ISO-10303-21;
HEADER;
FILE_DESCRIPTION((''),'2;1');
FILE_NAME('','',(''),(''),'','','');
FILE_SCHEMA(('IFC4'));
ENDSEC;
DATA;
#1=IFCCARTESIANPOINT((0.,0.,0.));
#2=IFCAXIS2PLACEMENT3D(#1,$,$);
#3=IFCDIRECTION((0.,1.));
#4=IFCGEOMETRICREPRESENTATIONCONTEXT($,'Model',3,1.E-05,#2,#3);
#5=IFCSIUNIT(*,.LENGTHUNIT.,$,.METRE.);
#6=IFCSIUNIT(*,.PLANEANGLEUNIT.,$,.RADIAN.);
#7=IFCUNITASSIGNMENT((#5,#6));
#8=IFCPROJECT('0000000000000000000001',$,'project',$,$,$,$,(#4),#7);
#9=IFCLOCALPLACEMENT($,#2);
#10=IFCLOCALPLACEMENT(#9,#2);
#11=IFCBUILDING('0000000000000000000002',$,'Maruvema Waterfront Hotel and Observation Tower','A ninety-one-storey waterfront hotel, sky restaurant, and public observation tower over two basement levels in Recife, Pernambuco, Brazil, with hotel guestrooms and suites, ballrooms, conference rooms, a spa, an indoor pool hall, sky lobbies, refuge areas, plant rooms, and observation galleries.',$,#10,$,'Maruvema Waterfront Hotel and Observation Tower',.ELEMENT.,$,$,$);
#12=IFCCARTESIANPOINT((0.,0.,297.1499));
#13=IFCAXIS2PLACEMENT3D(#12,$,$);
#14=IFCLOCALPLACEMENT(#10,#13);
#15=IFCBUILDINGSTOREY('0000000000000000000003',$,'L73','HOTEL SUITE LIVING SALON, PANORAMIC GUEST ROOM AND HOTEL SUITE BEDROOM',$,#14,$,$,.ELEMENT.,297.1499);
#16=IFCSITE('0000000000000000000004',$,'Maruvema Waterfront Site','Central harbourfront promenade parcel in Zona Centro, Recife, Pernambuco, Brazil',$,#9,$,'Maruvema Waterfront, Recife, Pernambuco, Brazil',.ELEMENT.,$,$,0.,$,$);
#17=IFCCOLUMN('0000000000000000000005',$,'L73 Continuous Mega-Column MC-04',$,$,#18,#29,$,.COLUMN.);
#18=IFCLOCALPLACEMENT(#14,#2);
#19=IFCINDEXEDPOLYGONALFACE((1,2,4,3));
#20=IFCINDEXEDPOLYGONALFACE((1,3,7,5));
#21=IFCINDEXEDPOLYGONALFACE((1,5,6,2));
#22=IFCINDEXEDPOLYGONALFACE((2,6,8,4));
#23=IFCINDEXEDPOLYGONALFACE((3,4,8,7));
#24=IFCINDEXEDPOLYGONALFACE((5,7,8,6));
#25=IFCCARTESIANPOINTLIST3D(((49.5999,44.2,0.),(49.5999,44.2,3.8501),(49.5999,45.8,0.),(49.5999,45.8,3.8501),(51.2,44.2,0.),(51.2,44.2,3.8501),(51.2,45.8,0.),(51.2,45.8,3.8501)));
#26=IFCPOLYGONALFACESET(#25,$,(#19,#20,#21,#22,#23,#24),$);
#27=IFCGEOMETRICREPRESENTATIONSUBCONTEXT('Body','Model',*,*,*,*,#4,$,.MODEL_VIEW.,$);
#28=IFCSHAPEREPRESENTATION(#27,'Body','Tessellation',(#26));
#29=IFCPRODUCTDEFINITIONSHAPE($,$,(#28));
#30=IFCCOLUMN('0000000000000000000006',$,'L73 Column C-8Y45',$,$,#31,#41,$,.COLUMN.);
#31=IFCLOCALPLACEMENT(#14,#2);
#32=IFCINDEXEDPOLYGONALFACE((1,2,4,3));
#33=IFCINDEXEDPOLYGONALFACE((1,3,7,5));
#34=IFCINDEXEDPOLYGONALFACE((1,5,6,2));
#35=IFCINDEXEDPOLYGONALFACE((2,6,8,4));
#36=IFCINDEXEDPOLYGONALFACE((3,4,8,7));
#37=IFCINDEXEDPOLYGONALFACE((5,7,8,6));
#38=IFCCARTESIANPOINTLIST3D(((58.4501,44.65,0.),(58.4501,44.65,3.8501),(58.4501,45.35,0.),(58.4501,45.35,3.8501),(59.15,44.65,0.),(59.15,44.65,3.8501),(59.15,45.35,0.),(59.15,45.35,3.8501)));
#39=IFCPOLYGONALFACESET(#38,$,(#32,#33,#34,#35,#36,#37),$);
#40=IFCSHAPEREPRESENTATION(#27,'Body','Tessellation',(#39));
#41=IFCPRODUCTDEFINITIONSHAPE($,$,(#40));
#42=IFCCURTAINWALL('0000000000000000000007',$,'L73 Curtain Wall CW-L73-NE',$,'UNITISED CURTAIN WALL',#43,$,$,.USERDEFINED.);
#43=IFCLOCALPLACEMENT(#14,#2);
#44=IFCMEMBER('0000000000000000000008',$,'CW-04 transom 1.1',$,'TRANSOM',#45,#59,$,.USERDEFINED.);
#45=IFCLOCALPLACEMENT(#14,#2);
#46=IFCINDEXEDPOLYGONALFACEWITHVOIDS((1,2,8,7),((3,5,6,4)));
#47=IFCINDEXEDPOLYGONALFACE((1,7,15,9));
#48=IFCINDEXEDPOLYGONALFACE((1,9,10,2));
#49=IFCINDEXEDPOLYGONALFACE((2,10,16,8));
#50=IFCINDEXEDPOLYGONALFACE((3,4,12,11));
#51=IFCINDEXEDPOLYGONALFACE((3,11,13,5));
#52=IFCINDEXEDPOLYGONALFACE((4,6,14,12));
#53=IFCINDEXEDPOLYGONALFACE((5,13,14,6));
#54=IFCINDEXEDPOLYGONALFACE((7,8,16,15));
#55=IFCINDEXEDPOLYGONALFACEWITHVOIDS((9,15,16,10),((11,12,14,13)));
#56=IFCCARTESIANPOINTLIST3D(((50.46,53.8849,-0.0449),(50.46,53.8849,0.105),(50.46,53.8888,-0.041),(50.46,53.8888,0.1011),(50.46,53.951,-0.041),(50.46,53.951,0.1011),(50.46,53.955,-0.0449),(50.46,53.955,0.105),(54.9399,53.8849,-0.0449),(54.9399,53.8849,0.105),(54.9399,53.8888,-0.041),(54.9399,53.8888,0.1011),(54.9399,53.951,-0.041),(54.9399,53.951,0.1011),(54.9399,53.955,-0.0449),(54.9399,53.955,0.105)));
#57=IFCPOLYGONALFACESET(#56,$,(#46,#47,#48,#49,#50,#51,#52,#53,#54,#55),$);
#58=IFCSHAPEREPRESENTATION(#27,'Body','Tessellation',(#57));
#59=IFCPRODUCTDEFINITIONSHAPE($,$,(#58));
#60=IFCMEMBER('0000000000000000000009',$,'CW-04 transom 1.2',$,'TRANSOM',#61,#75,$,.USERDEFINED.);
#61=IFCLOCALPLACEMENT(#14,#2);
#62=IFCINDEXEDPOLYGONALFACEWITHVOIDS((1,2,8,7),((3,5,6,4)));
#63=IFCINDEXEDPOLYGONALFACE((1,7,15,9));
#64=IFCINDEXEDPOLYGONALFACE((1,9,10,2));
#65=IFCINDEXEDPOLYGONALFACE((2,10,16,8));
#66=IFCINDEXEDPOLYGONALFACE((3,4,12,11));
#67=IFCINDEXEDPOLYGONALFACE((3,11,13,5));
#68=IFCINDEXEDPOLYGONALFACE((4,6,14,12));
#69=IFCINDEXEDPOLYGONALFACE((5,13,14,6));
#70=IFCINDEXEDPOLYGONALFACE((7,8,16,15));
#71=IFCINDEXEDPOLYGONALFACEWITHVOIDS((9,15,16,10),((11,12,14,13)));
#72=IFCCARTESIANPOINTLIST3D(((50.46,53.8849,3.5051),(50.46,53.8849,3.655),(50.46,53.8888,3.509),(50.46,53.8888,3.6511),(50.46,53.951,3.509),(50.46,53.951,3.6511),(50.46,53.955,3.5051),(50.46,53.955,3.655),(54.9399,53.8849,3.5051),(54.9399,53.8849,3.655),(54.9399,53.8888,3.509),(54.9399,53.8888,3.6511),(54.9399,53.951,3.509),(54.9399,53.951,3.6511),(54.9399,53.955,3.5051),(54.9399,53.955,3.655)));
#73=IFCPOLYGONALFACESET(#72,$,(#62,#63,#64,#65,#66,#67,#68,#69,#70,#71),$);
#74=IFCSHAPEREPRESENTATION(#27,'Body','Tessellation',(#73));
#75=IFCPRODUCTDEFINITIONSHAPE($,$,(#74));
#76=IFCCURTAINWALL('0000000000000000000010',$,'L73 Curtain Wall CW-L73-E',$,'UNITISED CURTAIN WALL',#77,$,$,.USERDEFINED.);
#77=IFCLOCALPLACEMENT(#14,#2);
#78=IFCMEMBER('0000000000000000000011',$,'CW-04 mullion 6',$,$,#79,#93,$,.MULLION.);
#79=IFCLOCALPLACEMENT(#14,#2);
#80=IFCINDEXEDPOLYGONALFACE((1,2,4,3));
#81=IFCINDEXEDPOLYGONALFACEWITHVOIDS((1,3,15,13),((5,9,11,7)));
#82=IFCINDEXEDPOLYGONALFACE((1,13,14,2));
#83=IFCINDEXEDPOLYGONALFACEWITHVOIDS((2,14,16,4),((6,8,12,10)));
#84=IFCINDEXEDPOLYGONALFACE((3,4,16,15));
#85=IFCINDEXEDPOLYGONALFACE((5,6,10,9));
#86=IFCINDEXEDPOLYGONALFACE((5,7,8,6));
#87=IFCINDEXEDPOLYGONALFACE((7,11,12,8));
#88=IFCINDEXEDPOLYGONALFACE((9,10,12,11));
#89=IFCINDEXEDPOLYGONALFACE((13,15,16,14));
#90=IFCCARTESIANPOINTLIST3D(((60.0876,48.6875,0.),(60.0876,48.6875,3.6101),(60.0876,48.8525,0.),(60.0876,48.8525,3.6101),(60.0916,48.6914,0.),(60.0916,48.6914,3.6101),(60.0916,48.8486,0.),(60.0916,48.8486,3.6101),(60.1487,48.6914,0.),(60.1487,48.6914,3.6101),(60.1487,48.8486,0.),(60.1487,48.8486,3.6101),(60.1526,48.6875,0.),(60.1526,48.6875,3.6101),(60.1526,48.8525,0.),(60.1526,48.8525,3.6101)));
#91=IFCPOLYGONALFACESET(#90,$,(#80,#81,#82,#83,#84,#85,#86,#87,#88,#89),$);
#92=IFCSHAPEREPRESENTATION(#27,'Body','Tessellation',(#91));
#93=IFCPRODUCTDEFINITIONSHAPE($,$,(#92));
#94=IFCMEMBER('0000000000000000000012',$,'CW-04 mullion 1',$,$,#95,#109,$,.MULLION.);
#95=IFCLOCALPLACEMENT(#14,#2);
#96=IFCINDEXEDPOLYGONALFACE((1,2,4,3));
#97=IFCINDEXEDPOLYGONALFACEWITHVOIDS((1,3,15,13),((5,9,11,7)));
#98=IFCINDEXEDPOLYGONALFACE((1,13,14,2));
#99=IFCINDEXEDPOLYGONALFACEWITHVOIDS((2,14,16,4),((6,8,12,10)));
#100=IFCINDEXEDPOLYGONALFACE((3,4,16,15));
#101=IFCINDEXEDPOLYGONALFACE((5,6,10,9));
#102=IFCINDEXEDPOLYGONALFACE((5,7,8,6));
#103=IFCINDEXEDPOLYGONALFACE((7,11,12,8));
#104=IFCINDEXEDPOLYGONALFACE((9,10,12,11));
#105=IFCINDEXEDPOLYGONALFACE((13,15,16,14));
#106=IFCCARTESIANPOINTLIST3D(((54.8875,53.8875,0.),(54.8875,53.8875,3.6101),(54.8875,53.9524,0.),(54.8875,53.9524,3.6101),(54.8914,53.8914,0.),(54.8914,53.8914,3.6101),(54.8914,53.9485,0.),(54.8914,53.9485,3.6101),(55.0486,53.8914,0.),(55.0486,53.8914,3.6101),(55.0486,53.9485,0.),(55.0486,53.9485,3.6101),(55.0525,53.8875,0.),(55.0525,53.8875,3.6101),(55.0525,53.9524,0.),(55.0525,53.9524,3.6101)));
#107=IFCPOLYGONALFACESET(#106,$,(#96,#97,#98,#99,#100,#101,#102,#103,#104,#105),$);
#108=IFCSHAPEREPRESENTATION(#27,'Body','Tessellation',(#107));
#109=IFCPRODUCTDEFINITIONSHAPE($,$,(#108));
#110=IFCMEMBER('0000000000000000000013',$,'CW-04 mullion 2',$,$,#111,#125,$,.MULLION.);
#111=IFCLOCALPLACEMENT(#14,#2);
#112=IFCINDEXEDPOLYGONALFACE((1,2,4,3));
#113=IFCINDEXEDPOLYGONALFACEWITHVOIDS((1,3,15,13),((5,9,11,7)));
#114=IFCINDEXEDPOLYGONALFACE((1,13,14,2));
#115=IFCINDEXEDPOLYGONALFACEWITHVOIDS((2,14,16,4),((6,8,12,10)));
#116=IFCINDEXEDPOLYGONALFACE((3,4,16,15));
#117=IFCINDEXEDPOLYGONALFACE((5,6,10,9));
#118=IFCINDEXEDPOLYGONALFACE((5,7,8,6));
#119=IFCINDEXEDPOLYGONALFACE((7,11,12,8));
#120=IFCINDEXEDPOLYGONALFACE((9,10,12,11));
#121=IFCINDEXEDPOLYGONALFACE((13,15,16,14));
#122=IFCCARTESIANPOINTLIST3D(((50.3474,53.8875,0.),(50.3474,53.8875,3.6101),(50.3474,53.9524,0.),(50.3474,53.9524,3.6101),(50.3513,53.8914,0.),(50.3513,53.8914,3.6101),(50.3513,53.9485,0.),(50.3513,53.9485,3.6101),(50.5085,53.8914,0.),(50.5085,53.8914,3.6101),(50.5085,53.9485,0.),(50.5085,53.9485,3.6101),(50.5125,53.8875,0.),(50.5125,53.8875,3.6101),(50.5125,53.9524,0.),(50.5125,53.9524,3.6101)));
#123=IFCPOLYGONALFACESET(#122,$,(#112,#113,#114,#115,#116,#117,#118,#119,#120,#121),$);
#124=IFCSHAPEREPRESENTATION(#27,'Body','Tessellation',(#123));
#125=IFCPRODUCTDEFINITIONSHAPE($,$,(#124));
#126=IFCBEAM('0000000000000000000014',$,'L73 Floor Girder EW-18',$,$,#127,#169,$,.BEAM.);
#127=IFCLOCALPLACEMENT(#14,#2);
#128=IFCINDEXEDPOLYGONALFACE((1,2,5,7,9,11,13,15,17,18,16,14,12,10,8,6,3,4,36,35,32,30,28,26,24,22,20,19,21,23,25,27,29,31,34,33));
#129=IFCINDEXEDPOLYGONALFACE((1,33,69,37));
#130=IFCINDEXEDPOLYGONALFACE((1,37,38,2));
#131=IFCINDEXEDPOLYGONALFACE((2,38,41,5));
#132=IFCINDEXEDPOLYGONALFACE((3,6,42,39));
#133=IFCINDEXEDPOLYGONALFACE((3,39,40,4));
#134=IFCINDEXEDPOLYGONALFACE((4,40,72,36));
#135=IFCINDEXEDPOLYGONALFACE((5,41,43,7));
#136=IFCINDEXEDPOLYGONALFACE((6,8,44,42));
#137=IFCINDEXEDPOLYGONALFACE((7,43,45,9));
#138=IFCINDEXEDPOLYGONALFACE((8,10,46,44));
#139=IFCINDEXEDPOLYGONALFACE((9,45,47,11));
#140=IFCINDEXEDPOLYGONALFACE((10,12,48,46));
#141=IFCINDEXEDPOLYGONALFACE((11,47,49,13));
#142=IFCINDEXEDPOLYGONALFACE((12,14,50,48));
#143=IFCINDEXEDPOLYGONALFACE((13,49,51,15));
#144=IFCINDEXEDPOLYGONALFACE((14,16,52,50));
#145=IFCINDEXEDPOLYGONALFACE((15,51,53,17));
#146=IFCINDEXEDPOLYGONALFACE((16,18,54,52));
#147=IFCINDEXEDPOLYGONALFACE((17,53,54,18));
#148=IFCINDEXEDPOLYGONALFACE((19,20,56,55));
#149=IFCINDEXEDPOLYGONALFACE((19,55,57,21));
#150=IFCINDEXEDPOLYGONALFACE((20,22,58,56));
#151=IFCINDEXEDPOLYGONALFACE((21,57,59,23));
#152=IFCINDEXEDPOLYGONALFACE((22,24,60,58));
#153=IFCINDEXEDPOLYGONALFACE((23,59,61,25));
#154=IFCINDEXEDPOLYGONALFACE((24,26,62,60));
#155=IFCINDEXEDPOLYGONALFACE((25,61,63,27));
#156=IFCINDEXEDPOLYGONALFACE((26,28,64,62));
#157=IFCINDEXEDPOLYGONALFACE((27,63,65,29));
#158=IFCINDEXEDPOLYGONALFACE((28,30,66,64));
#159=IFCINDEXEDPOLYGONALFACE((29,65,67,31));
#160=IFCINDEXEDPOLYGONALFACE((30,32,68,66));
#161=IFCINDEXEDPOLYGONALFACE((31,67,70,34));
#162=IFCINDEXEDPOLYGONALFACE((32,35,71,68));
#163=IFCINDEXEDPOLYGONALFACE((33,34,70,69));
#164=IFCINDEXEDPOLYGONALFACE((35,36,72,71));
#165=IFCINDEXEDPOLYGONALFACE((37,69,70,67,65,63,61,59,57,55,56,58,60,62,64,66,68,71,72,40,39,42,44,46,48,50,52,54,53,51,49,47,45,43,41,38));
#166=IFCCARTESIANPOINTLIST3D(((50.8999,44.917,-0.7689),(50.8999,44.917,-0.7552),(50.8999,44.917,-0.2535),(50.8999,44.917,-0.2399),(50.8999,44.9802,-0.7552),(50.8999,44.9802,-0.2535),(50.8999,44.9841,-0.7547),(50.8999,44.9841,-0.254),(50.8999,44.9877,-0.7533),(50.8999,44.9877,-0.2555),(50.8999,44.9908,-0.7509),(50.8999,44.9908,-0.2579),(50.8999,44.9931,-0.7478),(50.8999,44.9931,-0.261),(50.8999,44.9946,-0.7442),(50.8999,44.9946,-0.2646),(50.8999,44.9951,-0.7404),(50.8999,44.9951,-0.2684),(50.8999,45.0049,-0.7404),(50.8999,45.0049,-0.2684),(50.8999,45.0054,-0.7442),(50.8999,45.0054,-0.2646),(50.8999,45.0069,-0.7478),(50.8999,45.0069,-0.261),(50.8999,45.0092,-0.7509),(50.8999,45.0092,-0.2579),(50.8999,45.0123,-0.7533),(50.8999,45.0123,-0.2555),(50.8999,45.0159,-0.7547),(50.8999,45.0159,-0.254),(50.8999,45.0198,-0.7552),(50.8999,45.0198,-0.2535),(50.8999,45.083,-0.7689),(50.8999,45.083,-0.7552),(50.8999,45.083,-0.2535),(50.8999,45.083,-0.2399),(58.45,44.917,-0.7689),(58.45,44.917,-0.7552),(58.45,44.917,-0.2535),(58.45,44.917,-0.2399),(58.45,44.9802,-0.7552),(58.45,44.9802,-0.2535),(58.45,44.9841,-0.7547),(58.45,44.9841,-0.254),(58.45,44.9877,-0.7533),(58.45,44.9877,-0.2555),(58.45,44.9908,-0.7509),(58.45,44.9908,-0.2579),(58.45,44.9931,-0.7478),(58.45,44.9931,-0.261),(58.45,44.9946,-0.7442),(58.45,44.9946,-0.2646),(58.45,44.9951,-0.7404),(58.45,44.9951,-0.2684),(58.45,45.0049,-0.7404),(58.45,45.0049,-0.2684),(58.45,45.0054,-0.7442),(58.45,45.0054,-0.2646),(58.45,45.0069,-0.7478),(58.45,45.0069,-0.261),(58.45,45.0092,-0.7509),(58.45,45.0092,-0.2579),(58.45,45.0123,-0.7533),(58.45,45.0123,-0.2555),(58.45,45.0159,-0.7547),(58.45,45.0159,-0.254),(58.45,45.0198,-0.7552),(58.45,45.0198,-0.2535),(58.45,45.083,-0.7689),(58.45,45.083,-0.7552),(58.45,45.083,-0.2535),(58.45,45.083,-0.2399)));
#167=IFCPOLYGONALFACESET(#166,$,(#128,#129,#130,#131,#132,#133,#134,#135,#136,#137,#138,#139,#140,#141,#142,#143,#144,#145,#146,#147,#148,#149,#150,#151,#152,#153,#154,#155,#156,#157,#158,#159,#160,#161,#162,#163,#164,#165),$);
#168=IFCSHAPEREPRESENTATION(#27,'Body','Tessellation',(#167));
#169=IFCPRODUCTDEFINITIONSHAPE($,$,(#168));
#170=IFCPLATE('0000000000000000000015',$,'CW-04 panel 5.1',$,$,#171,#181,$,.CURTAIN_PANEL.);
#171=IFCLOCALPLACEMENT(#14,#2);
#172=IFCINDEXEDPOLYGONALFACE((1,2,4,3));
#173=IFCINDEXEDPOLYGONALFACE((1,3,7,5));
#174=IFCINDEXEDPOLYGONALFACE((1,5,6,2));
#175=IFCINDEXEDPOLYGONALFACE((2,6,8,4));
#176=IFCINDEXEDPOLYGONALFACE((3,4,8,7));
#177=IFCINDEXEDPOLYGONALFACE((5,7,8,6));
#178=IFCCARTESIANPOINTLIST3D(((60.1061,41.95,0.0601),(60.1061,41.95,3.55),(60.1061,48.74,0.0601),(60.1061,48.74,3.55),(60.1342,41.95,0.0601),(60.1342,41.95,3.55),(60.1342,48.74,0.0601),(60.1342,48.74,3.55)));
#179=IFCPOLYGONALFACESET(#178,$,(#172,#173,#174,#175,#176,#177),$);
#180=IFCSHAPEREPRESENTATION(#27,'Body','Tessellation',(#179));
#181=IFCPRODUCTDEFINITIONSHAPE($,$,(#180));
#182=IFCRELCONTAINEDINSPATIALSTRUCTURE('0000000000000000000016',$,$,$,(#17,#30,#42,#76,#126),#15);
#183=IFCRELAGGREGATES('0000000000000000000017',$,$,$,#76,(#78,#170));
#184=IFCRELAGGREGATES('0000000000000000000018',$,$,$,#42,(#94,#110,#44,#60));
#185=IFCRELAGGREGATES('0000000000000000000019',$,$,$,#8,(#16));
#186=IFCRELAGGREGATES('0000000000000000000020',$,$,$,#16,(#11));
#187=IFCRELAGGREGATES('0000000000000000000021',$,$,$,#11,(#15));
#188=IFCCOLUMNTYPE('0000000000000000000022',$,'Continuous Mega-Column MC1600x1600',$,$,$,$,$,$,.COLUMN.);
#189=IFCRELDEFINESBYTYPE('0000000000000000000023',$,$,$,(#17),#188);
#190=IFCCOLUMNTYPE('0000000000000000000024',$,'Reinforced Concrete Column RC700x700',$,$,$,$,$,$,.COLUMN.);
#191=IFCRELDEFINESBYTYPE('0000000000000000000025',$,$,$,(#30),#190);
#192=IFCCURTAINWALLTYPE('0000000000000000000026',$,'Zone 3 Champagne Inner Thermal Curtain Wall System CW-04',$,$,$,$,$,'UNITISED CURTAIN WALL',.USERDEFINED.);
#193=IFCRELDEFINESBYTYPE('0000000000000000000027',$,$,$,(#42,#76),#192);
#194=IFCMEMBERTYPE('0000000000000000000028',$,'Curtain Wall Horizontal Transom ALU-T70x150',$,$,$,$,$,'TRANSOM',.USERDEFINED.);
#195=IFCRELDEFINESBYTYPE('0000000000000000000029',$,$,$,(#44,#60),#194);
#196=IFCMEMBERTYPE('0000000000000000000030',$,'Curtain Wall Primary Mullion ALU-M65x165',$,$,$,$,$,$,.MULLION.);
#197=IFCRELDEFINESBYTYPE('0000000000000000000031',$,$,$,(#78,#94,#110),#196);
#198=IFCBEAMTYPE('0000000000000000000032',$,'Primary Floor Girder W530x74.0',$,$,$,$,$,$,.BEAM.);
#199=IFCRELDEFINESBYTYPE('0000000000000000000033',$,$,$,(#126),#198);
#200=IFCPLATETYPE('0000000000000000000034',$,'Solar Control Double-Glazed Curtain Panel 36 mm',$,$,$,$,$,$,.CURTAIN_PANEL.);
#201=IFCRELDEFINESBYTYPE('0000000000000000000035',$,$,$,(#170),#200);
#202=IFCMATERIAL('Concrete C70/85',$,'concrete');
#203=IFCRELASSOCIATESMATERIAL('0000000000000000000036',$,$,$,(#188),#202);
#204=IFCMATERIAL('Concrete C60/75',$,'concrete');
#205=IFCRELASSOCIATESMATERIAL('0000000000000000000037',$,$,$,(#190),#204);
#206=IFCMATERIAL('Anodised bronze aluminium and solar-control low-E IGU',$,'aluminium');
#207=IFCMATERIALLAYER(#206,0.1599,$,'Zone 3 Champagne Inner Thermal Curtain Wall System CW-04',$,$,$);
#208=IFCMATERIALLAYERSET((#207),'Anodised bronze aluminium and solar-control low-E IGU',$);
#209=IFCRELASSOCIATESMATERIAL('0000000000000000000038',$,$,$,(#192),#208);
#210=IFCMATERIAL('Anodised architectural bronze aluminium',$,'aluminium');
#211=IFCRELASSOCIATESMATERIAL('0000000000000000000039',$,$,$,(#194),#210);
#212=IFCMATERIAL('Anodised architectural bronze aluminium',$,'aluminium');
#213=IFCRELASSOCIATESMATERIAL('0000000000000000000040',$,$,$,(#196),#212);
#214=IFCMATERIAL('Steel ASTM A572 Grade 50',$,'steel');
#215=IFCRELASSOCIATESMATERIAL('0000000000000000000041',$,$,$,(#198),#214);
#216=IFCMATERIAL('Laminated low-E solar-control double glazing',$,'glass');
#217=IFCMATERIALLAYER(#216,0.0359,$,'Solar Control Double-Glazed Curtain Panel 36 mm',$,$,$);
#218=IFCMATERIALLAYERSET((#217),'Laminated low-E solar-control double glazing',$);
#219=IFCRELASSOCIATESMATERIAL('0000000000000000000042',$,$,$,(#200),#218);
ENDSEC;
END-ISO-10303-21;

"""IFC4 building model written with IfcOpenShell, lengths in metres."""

from ifc_helpers import new_model, si_unit, direction, frame, origin, origin_2d, place, context, subcontext, project, spatial, rectangle, hollow_rectangle, i_section, extrude, material, layer, layer_set, material_profile, profile_set, type_object, element, aggregate, save


model = new_model("IFC4")

# Units and contexts
model_context = context("Model", 3, precision=1e-05, world=origin(), true_north=direction((0.0, 1.0)))
body_context = subcontext(model_context, "Body", "Model", "MODEL_VIEW")
ifc_project = project(units=[si_unit("LENGTHUNIT", "METRE"), si_unit("PLANEANGLEUNIT", "RADIAN")], contexts=[model_context])

# Site, building, storey
site_placement = place(None, origin())
site = spatial("IfcSite", under=ifc_project, at=site_placement, Name="Maruvema Waterfront Site", Description="Central harbourfront promenade parcel in Zona Centro, Recife, Pernambuco, Brazil", LongName="Maruvema Waterfront, Recife, Pernambuco, Brazil", CompositionType="ELEMENT", RefElevation=0.0)
building_placement = place(site_placement, origin())
building = spatial("IfcBuilding", under=site, at=building_placement, Name="Maruvema Waterfront Hotel and Observation Tower", Description="A ninety-one-storey waterfront hotel, sky restaurant, and public observation tower over two basement levels in Recife, Pernambuco, Brazil, with hotel guestrooms and suites, ballrooms, conference rooms, a spa, an indoor pool hall, sky lobbies, refuge areas, plant rooms, and observation galleries.", LongName="Maruvema Waterfront Hotel and Observation Tower", CompositionType="ELEMENT")
storey_placement = place(building_placement, frame((0.0, 0.0, 297.1499)))
storey = spatial("IfcBuildingStorey", under=building, at=storey_placement, Name="L73", Description="HOTEL SUITE LIVING SALON, PANORAMIC GUEST ROOM AND HOTEL SUITE BEDROOM", CompositionType="ELEMENT", Elevation=297.1499)

# Columns
ifc_material_1 = material(Name="Concrete C70/85", Category="concrete")
ifc_material_profile_1 = material_profile(ifc_material_1, rectangle(XDim=1.6001, YDim=1.6001, at=origin_2d()), Name="MC1600x1600")
ifc_profile_set_1 = profile_set([ifc_material_profile_1], Name="Concrete C70/85")
column_type_1 = type_object("IfcColumnType", Name="Continuous Mega-Column MC1600x1600", PredefinedType="COLUMN", material=ifc_profile_set_1)
column_1_placement = place(storey_placement, frame((50.3999, 45.0, 0.0), z_axis=(0.0, 0.0, 1.0), x_axis=(1.0, 0.0, 0.0)))
element("IfcColumn", 1, at=column_1_placement, inside=storey, type_object=column_type_1, Name="L73 Continuous Mega-Column MC-04", PredefinedType="COLUMN", context=body_context, shape_type="SweptSolid", body=[
    extrude(rectangle(XDim=1.6001, YDim=1.6001, at=origin_2d()), origin(), (0.0, 0.0, 1.0), 3.8501),
])
ifc_material_2 = material(Name="Concrete C60/75", Category="concrete")
ifc_material_profile_2 = material_profile(ifc_material_2, rectangle(XDim=0.7, YDim=0.7, at=origin_2d()), Name="RC700x700")
ifc_profile_set_2 = profile_set([ifc_material_profile_2], Name="Concrete C60/75")
column_type_2 = type_object("IfcColumnType", Name="Reinforced Concrete Column RC700x700", PredefinedType="COLUMN", material=ifc_profile_set_2)
column_2_placement = place(storey_placement, frame((58.8, 45.0, 0.0), z_axis=(0.0, 0.0, 1.0), x_axis=(1.0, 0.0, 0.0)))
element("IfcColumn", 2, at=column_2_placement, inside=storey, type_object=column_type_2, Name="L73 Column C-8Y45", PredefinedType="COLUMN", context=body_context, shape_type="SweptSolid", body=[
    extrude(rectangle(XDim=0.7, YDim=0.7, at=origin_2d()), origin(), (0.0, 0.0, 1.0), 3.8501),
])

# Curtain wall, members
ifc_material_3 = material(Name="Anodised bronze aluminium and solar-control low-E IGU", Category="aluminium")
ifc_layer_1 = layer(ifc_material_3, 0.1599, Name="Zone 3 Champagne Inner Thermal Curtain Wall System CW-04")
ifc_layer_set_1 = layer_set([ifc_layer_1], Name="Anodised bronze aluminium and solar-control low-E IGU")
curtain_wall_type = type_object("IfcCurtainWallType", Name="Zone 3 Champagne Inner Thermal Curtain Wall System CW-04", ElementType="UNITISED CURTAIN WALL", PredefinedType="USERDEFINED", material=ifc_layer_set_1)
curtain_wall_1_placement = place(storey_placement, origin())
curtain_wall_1 = element("IfcCurtainWall", 3, at=curtain_wall_1_placement, inside=storey, type_object=curtain_wall_type, Name="L73 Curtain Wall CW-L73-NE", ObjectType="UNITISED CURTAIN WALL", PredefinedType="USERDEFINED")
ifc_material_4 = material(Name="Anodised architectural bronze aluminium", Category="aluminium")
ifc_material_profile_3 = material_profile(ifc_material_4, hollow_rectangle(XDim=0.0701, YDim=0.1499, WallThickness=0.0039, at=origin_2d()), Name="ALU-T70x150")
ifc_profile_set_3 = profile_set([ifc_material_profile_3], Name="Anodised architectural bronze aluminium")
member_type_1 = type_object("IfcMemberType", Name="Curtain Wall Horizontal Transom ALU-T70x150", ElementType="TRANSOM", PredefinedType="USERDEFINED", material=ifc_profile_set_3)
member_1_placement = place(storey_placement, frame((54.9399, 53.9199, 0.03), z_axis=(-1.0, 0.0, 0.0), x_axis=(0.0, -1.0, 0.0)))
member_1 = element("IfcMember", 4, at=member_1_placement, type_object=member_type_1, Name="CW-04 transom 1.1", ObjectType="TRANSOM", PredefinedType="USERDEFINED", context=body_context, shape_type="SweptSolid", body=[
    extrude(hollow_rectangle(XDim=0.0701, YDim=0.1499, WallThickness=0.0039, at=origin_2d()), origin(), (0.0, 0.0, 1.0), 4.48),
])
member_2_placement = place(storey_placement, frame((54.9399, 53.9199, 3.5801), z_axis=(-1.0, 0.0, 0.0), x_axis=(0.0, -1.0, 0.0)))
member_2 = element("IfcMember", 5, at=member_2_placement, type_object=member_type_1, Name="CW-04 transom 1.2", ObjectType="TRANSOM", PredefinedType="USERDEFINED", context=body_context, shape_type="SweptSolid", body=[
    extrude(hollow_rectangle(XDim=0.0701, YDim=0.1499, WallThickness=0.0039, at=origin_2d()), origin(), (0.0, 0.0, 1.0), 4.48),
])

# Curtain wall, member
curtain_wall_2_placement = place(storey_placement, origin())
curtain_wall_2 = element("IfcCurtainWall", 6, at=curtain_wall_2_placement, inside=storey, type_object=curtain_wall_type, Name="L73 Curtain Wall CW-L73-E", ObjectType="UNITISED CURTAIN WALL", PredefinedType="USERDEFINED")
ifc_material_5 = material(Name="Anodised architectural bronze aluminium", Category="aluminium")
ifc_material_profile_4 = material_profile(ifc_material_5, hollow_rectangle(XDim=0.0649, YDim=0.165, WallThickness=0.0039, at=origin_2d()), Name="ALU-M65x165")
ifc_profile_set_4 = profile_set([ifc_material_profile_4], Name="Anodised architectural bronze aluminium")
member_type_2 = type_object("IfcMemberType", Name="Curtain Wall Primary Mullion ALU-M65x165", PredefinedType="MULLION", material=ifc_profile_set_4)
member_3_placement = place(storey_placement, frame((60.1201, 48.77, 0.0), z_axis=(0.0, 0.0, 1.0), x_axis=(-1.0, 0.0, 0.0)))
member_3 = element("IfcMember", 7, at=member_3_placement, type_object=member_type_2, Name="CW-04 mullion 6", PredefinedType="MULLION", context=body_context, shape_type="SweptSolid", body=[
    extrude(hollow_rectangle(XDim=0.0649, YDim=0.165, WallThickness=0.0039, at=origin_2d()), origin(), (0.0, 0.0, 1.0), 3.6101),
])

# Members
member_4_placement = place(storey_placement, frame((54.97, 53.9199, 0.0), z_axis=(0.0, 0.0, 1.0), x_axis=(0.0, -1.0, 0.0)))
member_4 = element("IfcMember", 8, at=member_4_placement, type_object=member_type_2, Name="CW-04 mullion 1", PredefinedType="MULLION", context=body_context, shape_type="SweptSolid", body=[
    extrude(hollow_rectangle(XDim=0.0649, YDim=0.165, WallThickness=0.0039, at=origin_2d()), origin(), (0.0, 0.0, 1.0), 3.6101),
])
member_5_placement = place(storey_placement, frame((50.4299, 53.9199, 0.0), z_axis=(0.0, 0.0, 1.0), x_axis=(0.0, -1.0, 0.0)))
member_5 = element("IfcMember", 9, at=member_5_placement, type_object=member_type_2, Name="CW-04 mullion 2", PredefinedType="MULLION", context=body_context, shape_type="SweptSolid", body=[
    extrude(hollow_rectangle(XDim=0.0649, YDim=0.165, WallThickness=0.0039, at=origin_2d()), origin(), (0.0, 0.0, 1.0), 3.6101),
])

# Beam
ifc_material_6 = material(Name="Steel ASTM A572 Grade 50", Category="steel")
ifc_material_profile_5 = material_profile(ifc_material_6, i_section(OverallWidth=0.166, OverallDepth=0.5291, WebThickness=0.0098, FlangeThickness=0.0137, FilletRadius=0.0149, at=origin_2d()), Name="W530x74.0")
ifc_profile_set_5 = profile_set([ifc_material_profile_5], Name="Steel ASTM A572 Grade 50")
beam_type = type_object("IfcBeamType", Name="Primary Floor Girder W530x74.0", PredefinedType="BEAM", material=ifc_profile_set_5)
beam_placement = place(storey_placement, frame((50.8999, 45.0, -0.5044), z_axis=(1.0, 0.0, 0.0), x_axis=(0.0, 1.0, 0.0)))
element("IfcBeam", 10, at=beam_placement, inside=storey, type_object=beam_type, Name="L73 Floor Girder EW-18", PredefinedType="BEAM", context=body_context, shape_type="SweptSolid", body=[
    extrude(i_section(OverallWidth=0.166, OverallDepth=0.5291, WebThickness=0.0098, FlangeThickness=0.0137, FilletRadius=0.0149, at=origin_2d()), origin(), (0.0, 0.0, 1.0), 7.55),
])

# Plate
ifc_material_7 = material(Name="Laminated low-E solar-control double glazing", Category="glass")
ifc_layer_2 = layer(ifc_material_7, 0.0359, Name="Solar Control Double-Glazed Curtain Panel 36 mm")
ifc_layer_set_2 = layer_set([ifc_layer_2], Name="Laminated low-E solar-control double glazing")
plate_type = type_object("IfcPlateType", Name="Solar Control Double-Glazed Curtain Panel 36 mm", PredefinedType="CURTAIN_PANEL", material=ifc_layer_set_2)
plate_1_placement = place(storey_placement, frame((60.1201, 45.345, 0.0601), z_axis=(0.0, 0.0, 1.0), x_axis=(0.0, 1.0, 0.0)))
plate_1 = element("IfcPlate", 11, at=plate_1_placement, type_object=plate_type, Name="CW-04 panel 5.1", PredefinedType="CURTAIN_PANEL", context=body_context, shape_type="SweptSolid", body=[
    extrude(rectangle(XDim=6.79, YDim=0.0281, at=origin_2d()), origin(), (0.0, 0.0, 1.0), 3.49),
])
aggregate(curtain_wall_2, [member_3, plate_1])
aggregate(curtain_wall_1, [member_4, member_5, member_1, member_2])

save(model, "model.ifc")
